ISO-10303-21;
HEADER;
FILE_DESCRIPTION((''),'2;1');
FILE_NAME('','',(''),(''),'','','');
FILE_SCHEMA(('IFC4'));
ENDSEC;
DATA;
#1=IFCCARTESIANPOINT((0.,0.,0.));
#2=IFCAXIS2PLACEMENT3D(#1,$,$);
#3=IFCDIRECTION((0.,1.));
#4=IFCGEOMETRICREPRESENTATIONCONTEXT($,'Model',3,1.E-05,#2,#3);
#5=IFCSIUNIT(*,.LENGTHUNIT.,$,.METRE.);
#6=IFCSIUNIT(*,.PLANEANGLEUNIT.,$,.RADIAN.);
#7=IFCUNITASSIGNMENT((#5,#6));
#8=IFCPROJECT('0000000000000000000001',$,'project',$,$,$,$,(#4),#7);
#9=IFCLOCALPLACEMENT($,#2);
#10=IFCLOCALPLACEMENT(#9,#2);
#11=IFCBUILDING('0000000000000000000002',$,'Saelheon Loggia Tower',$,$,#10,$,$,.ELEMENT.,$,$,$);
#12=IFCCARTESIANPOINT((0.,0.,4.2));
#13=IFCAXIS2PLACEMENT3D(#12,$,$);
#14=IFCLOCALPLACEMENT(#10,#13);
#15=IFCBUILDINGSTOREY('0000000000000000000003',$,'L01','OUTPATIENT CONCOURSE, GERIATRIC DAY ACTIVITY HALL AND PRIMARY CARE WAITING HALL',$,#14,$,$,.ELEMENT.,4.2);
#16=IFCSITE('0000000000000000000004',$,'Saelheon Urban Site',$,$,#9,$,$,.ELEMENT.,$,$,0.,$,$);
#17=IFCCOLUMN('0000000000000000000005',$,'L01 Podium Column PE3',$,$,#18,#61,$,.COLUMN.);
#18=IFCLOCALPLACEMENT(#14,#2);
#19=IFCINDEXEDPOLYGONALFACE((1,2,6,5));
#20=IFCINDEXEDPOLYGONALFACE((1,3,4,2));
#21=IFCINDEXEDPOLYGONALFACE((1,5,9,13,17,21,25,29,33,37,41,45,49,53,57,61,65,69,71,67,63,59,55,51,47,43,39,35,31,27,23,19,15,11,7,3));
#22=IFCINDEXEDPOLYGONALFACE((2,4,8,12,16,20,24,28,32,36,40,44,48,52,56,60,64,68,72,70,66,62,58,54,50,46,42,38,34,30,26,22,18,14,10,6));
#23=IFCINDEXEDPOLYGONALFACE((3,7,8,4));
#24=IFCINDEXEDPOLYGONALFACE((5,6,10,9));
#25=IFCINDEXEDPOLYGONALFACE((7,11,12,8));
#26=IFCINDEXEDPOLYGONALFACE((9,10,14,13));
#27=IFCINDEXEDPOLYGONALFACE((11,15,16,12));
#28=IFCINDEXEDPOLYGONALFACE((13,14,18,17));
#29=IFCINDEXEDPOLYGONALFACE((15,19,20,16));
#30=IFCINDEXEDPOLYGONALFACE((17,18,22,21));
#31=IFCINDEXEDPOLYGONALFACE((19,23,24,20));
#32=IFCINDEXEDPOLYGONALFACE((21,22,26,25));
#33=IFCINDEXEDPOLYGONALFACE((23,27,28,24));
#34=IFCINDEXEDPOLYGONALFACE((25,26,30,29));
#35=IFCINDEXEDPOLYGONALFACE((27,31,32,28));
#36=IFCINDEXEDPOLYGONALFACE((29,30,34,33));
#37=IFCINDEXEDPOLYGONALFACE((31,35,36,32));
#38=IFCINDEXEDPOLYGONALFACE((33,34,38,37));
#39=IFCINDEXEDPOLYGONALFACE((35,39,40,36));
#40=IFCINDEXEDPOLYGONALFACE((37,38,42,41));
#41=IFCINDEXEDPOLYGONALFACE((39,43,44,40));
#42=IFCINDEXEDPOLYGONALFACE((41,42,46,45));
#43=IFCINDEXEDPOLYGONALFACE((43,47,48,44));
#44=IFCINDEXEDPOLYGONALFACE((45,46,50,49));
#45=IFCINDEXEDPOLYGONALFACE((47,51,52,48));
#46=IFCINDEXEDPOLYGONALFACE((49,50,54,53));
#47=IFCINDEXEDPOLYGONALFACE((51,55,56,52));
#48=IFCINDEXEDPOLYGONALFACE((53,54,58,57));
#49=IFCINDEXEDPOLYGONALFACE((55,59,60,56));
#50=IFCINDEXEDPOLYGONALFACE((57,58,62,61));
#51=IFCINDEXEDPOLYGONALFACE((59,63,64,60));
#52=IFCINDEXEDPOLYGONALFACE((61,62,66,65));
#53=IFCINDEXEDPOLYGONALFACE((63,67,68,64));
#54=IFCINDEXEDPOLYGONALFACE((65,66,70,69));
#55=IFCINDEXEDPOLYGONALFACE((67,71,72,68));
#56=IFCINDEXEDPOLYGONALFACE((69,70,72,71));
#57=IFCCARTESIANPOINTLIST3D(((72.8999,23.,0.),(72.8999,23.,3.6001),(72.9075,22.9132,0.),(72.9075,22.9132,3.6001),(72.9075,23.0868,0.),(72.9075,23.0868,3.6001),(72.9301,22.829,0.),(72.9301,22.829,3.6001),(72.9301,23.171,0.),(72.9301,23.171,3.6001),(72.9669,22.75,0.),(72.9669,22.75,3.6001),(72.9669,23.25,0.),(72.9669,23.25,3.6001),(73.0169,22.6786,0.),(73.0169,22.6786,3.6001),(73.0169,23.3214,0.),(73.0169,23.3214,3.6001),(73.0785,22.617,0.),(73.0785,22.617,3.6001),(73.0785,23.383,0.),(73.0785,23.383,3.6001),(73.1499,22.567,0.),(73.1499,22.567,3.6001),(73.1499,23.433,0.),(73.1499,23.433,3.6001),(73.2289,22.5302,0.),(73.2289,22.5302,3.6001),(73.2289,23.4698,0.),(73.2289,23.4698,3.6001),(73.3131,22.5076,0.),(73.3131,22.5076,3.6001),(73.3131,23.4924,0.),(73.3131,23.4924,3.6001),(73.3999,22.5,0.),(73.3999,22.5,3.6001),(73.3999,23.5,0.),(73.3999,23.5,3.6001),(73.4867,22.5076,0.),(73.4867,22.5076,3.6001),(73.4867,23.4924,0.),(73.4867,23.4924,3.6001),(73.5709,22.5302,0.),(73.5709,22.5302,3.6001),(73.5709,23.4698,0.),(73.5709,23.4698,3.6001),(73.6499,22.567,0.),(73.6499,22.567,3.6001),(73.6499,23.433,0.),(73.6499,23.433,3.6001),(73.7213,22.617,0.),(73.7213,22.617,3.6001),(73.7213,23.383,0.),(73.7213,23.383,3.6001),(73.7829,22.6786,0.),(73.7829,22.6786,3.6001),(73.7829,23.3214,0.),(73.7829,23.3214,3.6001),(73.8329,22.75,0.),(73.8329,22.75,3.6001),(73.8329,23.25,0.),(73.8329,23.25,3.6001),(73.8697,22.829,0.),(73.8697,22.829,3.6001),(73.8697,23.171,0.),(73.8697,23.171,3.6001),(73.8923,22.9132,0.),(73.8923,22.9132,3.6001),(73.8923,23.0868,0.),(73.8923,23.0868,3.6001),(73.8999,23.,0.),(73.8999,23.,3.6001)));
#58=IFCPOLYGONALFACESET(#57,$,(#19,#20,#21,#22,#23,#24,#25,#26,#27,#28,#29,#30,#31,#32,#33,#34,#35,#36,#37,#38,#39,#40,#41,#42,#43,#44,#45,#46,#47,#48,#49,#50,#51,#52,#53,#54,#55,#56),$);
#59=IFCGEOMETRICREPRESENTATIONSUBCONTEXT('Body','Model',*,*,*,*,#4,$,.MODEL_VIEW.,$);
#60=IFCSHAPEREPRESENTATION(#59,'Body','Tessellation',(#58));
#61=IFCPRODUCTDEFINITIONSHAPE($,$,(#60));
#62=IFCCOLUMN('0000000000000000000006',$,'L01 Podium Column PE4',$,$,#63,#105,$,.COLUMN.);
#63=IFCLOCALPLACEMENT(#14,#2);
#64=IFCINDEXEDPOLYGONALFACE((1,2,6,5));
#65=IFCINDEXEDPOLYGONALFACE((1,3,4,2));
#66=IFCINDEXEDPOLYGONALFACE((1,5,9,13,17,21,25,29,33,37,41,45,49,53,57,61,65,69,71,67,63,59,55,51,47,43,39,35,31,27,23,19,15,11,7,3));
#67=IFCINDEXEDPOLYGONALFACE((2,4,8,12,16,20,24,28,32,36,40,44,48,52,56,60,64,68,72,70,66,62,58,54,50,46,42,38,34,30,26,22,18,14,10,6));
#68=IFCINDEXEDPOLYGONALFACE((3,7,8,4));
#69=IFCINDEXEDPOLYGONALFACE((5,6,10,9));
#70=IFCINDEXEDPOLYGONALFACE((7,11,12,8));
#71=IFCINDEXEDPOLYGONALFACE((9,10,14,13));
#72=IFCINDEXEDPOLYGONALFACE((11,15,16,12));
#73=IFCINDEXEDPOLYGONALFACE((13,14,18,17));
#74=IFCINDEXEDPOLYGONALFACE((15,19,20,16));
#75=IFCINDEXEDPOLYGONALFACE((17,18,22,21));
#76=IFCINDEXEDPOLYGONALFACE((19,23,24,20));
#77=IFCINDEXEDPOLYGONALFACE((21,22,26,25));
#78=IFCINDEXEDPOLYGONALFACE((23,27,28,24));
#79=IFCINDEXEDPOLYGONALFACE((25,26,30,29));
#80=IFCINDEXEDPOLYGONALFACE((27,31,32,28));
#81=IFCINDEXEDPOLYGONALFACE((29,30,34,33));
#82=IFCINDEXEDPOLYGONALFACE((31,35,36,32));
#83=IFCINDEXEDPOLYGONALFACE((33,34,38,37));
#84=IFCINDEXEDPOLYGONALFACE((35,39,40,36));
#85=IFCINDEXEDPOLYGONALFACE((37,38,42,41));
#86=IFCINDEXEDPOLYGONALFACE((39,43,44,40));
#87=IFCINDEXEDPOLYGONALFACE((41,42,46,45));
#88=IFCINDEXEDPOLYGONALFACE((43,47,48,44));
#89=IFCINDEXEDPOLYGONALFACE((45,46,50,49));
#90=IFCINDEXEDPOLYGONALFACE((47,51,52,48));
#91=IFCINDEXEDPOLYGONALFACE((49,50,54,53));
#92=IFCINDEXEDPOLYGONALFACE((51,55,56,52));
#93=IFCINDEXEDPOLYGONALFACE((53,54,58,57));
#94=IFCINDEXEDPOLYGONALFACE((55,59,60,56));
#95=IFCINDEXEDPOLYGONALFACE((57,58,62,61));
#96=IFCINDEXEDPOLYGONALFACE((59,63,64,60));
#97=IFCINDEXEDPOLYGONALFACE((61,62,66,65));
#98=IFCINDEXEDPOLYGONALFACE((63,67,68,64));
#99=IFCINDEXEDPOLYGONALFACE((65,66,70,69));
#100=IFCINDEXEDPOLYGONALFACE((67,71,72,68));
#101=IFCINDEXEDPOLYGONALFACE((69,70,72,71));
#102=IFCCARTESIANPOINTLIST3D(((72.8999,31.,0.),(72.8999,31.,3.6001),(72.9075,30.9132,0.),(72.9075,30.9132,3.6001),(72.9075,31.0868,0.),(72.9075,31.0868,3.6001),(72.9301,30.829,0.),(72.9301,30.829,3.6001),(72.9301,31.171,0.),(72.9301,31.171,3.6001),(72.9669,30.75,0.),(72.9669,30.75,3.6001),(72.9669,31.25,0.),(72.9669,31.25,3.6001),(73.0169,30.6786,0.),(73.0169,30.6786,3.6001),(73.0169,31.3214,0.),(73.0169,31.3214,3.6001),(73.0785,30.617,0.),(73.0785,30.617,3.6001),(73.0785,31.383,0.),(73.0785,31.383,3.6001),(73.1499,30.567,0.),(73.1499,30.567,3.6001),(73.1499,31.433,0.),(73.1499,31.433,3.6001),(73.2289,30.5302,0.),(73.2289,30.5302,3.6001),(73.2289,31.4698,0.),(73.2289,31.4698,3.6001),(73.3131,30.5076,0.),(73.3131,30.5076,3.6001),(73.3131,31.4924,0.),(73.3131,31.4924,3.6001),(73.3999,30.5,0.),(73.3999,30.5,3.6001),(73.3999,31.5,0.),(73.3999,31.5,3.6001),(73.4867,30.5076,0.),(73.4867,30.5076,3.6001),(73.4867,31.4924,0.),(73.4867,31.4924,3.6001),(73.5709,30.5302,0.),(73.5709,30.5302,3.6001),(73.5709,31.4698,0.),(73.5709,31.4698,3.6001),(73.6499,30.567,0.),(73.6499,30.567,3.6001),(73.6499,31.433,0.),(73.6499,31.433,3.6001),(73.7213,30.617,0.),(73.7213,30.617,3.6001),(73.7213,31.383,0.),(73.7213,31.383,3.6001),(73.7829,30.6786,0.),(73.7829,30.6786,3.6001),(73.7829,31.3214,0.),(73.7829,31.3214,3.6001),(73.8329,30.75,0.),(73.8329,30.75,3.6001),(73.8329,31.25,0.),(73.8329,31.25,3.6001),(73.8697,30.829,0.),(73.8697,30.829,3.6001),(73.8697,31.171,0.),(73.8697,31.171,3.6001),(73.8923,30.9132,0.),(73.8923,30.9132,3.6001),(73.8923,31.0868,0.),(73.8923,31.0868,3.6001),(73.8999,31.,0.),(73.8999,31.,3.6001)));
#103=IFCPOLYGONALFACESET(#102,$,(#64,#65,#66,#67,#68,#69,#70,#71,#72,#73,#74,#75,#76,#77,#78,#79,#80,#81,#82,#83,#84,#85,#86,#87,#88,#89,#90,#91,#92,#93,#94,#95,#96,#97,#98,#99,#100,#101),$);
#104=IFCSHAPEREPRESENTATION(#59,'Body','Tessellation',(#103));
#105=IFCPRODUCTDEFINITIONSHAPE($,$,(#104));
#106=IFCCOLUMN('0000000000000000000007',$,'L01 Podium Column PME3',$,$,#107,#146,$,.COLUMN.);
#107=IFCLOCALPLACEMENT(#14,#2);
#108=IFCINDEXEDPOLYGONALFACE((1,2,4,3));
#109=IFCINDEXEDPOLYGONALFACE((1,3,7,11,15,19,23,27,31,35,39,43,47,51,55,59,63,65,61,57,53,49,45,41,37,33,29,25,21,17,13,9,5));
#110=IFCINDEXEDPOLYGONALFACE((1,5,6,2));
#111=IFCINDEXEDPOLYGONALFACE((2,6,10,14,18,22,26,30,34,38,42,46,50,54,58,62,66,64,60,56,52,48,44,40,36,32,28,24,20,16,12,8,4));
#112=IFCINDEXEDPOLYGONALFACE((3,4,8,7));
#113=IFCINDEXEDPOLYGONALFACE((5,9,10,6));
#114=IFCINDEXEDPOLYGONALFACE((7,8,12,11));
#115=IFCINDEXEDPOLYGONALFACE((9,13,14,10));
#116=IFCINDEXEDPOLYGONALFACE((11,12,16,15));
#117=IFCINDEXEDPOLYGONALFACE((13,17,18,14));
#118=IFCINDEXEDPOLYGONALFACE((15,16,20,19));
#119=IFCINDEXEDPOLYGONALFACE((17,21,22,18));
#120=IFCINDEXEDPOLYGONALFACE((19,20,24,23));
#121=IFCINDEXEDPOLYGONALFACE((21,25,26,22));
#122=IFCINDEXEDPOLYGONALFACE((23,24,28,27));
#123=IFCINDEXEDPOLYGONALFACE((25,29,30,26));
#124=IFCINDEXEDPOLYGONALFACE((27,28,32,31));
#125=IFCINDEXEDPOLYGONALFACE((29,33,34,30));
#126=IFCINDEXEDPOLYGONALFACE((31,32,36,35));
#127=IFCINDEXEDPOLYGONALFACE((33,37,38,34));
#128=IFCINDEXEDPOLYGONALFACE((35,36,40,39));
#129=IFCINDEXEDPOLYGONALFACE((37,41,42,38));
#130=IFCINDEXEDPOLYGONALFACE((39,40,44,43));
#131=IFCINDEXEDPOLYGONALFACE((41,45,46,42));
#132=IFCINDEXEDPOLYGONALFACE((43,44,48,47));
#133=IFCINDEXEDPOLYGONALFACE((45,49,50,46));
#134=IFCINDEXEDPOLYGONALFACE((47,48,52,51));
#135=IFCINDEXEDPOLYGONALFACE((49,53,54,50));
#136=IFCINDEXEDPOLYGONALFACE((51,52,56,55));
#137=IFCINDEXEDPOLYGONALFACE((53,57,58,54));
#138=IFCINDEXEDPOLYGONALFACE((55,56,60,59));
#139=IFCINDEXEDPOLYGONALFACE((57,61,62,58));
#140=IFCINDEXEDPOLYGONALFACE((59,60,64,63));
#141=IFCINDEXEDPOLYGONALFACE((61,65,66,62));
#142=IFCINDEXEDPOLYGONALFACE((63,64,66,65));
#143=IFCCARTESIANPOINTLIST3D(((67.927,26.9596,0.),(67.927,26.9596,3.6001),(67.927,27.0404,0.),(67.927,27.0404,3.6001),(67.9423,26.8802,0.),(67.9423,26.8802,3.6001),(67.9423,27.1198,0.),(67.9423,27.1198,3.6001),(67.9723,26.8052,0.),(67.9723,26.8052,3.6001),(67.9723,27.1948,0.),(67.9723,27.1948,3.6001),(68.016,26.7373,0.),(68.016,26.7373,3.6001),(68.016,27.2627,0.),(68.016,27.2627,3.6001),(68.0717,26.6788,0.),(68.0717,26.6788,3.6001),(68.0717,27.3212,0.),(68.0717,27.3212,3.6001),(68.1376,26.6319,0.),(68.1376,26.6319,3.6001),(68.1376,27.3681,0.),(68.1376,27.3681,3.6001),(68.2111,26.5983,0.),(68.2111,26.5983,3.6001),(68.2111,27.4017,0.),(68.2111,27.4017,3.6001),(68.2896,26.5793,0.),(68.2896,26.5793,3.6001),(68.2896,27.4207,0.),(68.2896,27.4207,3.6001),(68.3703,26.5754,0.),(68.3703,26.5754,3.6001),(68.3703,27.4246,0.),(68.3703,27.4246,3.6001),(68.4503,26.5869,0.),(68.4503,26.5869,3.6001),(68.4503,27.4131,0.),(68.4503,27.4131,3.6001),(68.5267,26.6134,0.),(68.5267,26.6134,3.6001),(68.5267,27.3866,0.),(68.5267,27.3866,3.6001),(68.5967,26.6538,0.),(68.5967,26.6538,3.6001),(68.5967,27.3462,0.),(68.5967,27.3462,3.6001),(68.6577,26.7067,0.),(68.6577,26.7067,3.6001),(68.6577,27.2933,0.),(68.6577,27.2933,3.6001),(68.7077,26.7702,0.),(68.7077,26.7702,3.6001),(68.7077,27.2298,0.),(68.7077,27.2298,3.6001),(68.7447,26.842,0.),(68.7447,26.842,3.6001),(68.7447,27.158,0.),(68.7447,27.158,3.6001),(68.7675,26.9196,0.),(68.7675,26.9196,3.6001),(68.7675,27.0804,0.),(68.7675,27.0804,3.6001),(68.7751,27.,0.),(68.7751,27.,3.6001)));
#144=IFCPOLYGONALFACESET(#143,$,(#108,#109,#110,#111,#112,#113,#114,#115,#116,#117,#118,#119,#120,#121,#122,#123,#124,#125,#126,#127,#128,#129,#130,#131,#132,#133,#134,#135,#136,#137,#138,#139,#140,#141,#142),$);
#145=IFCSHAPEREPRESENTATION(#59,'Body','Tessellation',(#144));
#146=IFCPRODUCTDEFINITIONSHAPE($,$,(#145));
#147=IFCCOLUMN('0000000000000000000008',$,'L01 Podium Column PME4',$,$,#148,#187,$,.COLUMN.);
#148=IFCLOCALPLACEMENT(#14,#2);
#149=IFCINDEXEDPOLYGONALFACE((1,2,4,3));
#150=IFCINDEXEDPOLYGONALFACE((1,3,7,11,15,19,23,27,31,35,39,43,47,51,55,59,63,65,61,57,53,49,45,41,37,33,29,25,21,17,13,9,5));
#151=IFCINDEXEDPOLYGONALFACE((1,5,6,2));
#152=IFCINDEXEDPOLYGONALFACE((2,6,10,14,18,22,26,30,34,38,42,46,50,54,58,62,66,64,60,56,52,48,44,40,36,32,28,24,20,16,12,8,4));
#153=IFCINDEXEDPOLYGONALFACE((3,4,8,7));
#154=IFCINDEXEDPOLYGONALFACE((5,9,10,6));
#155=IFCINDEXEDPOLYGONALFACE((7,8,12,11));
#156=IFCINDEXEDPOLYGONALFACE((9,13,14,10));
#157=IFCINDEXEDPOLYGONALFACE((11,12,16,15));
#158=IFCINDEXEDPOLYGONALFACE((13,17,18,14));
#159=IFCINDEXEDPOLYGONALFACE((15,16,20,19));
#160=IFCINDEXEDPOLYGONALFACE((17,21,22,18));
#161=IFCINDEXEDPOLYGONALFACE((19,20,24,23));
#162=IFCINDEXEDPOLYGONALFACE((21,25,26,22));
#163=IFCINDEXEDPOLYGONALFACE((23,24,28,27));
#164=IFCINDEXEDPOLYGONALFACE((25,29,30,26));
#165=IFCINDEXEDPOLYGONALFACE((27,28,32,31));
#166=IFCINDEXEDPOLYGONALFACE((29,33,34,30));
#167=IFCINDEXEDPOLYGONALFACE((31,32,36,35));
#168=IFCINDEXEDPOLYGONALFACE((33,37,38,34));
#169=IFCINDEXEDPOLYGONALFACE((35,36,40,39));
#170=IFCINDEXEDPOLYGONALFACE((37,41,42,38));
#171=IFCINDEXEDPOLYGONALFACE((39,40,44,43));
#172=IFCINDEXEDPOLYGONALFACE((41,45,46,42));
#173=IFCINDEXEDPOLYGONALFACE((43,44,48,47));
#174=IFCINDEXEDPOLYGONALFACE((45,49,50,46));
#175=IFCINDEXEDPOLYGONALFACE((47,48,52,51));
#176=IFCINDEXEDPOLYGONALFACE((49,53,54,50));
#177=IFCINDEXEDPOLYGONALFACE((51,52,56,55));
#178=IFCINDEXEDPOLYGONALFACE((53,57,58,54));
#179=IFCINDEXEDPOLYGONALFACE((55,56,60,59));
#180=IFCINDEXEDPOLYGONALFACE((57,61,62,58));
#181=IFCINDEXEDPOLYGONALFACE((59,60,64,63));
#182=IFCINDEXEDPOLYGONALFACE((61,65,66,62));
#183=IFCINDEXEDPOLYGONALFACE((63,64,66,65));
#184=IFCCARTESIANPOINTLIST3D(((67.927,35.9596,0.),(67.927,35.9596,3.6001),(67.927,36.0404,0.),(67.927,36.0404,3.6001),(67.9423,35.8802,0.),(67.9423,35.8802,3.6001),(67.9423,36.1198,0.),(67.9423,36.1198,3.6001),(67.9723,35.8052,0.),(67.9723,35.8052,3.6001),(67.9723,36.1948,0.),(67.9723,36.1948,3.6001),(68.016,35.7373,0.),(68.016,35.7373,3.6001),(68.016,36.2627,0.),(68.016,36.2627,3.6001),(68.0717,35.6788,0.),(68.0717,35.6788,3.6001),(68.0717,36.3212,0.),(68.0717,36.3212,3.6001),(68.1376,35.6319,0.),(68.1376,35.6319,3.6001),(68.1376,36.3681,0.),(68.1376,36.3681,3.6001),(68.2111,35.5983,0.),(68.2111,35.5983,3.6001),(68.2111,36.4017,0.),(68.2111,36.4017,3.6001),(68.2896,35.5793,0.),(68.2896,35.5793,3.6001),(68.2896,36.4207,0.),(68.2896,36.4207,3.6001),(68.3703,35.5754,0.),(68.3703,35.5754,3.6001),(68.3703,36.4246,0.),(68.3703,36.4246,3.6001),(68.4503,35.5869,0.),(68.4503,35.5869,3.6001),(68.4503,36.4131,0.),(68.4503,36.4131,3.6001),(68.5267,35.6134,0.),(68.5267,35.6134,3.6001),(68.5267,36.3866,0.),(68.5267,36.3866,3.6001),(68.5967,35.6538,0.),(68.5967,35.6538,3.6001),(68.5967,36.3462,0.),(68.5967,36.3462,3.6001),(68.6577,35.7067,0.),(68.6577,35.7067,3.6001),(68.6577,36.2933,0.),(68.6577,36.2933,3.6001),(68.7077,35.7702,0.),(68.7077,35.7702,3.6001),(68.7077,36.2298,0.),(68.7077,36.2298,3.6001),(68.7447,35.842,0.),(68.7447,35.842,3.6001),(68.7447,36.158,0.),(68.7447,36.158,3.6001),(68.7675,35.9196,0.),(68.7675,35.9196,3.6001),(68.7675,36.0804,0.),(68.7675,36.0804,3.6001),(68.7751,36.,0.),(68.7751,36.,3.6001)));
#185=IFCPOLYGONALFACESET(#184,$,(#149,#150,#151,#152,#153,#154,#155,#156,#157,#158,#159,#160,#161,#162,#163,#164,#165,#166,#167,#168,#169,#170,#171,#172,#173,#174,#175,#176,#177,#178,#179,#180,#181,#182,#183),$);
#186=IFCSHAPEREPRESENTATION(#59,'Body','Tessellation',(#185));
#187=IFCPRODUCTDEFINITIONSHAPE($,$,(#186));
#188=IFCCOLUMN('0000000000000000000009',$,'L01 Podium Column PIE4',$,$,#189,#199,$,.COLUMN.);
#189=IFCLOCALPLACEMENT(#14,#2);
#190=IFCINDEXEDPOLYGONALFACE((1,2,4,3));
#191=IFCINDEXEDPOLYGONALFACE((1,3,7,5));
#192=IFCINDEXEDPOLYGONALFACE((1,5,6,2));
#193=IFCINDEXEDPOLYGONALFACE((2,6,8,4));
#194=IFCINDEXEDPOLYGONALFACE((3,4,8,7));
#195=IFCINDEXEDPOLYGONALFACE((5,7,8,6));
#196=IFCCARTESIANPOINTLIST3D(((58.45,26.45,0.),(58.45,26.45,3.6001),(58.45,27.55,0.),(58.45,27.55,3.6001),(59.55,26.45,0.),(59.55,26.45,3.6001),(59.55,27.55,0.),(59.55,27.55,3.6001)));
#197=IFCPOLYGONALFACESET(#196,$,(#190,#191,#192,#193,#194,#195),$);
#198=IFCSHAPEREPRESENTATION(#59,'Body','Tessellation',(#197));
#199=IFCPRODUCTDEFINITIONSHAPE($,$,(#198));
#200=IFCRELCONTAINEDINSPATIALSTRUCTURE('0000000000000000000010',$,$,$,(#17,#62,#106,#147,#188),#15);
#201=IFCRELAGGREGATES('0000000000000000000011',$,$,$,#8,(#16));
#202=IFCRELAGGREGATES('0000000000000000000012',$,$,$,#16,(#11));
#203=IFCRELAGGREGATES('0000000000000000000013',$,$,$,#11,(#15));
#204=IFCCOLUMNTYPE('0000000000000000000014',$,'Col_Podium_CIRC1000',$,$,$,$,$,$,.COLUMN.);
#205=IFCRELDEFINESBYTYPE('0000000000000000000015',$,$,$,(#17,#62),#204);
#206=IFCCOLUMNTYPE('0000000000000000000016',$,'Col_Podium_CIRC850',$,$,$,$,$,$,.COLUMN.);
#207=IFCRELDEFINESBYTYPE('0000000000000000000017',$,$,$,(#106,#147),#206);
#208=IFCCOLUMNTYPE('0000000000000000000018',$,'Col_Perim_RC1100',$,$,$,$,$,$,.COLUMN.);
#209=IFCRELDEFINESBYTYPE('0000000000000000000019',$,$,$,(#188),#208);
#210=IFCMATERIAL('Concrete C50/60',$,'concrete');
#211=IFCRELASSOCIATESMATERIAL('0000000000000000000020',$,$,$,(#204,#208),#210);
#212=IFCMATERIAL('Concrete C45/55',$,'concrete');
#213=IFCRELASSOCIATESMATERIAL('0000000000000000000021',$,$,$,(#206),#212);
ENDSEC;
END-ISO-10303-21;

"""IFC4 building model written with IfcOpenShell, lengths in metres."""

from ifc_helpers import new_model, si_unit, direction, frame, origin, origin_2d, place, context, subcontext, project, spatial, rectangle, circle, extrude, source, transform, mapped, material, material_profile, profile_set, type_object, element, save


model = new_model("IFC4")

# Units and contexts
model_context = context("Model", 3, precision=1e-05, world=origin(), true_north=direction((0.0, 1.0)))
body_context = subcontext(model_context, "Body", "Model", "MODEL_VIEW")
ifc_project = project(units=[si_unit("LENGTHUNIT", "METRE"), si_unit("PLANEANGLEUNIT", "RADIAN")], contexts=[model_context])

# Site, building, storey
site_placement = place(None, origin())
site = spatial("IfcSite", under=ifc_project, at=site_placement, Name="Saelheon Urban Site", CompositionType="ELEMENT", RefElevation=0.0)
building_placement = place(site_placement, origin())
building = spatial("IfcBuilding", under=site, at=building_placement, Name="Saelheon Loggia Tower", CompositionType="ELEMENT")
storey_placement = place(building_placement, frame((0.0, 0.0, 4.2)))
storey = spatial("IfcBuildingStorey", under=building, at=storey_placement, Name="L01", Description="OUTPATIENT CONCOURSE, GERIATRIC DAY ACTIVITY HALL AND PRIMARY CARE WAITING HALL", CompositionType="ELEMENT", Elevation=4.2)

# Columns
ifc_material_1 = material(Name="Concrete C50/60", Category="concrete")
ifc_material_profile_1 = material_profile(ifc_material_1, circle(Radius=0.5, at=origin_2d()), Name="CIRC-1000")
ifc_profile_set_1 = profile_set([ifc_material_profile_1], Name="Concrete C50/60")
column_type_1 = type_object("IfcColumnType", Name="Col_Podium_CIRC1000", PredefinedType="COLUMN", material=ifc_profile_set_1)
shared_shape_1 = source(origin(), body_context, "Body", "SweptSolid", [
    extrude(circle(Radius=0.5, at=origin_2d()), origin(), (0.0, 0.0, 1.0), 3.6001),
])
for number, where, z_axis, x_axis, name in (
    (1, (73.3999, 23.0, 0.0), (0.0, 0.0, 1.0), (1.0, 0.0, 0.0), "L01 Podium Column PE3"),
    (2, (73.3999, 31.0, 0.0), (0.0, 0.0, 1.0), (1.0, 0.0, 0.0), "L01 Podium Column PE4"),
):
    element("IfcColumn", number, at=place(storey_placement, frame(where, z_axis=z_axis, x_axis=x_axis)), inside=storey, type_object=column_type_1, Name=name, PredefinedType="COLUMN", context=body_context, shape_type="MappedRepresentation", body=[
        mapped(shared_shape_1, transform((0.0, 0.0, 0.0), scale=1.0)),
    ])
ifc_material_2 = material(Name="Concrete C45/55", Category="concrete")
ifc_material_profile_2 = material_profile(ifc_material_2, circle(Radius=0.425, at=origin_2d()), Name="CIRC-850")
ifc_profile_set_2 = profile_set([ifc_material_profile_2], Name="Concrete C45/55")
column_type_2 = type_object("IfcColumnType", Name="Col_Podium_CIRC850", PredefinedType="COLUMN", material=ifc_profile_set_2)
shared_shape_2 = source(origin(), body_context, "Body", "SweptSolid", [
    extrude(circle(Radius=0.425, at=origin_2d()), origin(), (0.0, 0.0, 1.0), 3.6001),
])
for number, where, z_axis, x_axis, name in (
    (3, (68.3501, 27.0, 0.0), (0.0, 0.0, 1.0), (1.0, 0.0, 0.0), "L01 Podium Column PME3"),
    (4, (68.3501, 36.0, 0.0), (0.0, 0.0, 1.0), (1.0, 0.0, 0.0), "L01 Podium Column PME4"),
):
    element("IfcColumn", number, at=place(storey_placement, frame(where, z_axis=z_axis, x_axis=x_axis)), inside=storey, type_object=column_type_2, Name=name, PredefinedType="COLUMN", context=body_context, shape_type="MappedRepresentation", body=[
        mapped(shared_shape_2, transform((0.0, 0.0, 0.0), scale=1.0)),
    ])
ifc_material_profile_3 = material_profile(ifc_material_1, rectangle(XDim=1.1001, YDim=1.1001, at=origin_2d()), Name="RC-1100x1100")
ifc_profile_set_3 = profile_set([ifc_material_profile_3], Name="Concrete C50/60")
column_type_3 = type_object("IfcColumnType", Name="Col_Perim_RC1100", PredefinedType="COLUMN", material=ifc_profile_set_3)
shared_shape_3 = source(origin(), body_context, "Body", "SweptSolid", [
    extrude(rectangle(XDim=1.1001, YDim=1.1001, at=origin_2d()), origin(), (0.0, 0.0, 1.0), 3.6001),
])
for number, where, z_axis, x_axis, name in (
    (5, (59.0, 27.0, 0.0), (0.0, 0.0, 1.0), (1.0, 0.0, 0.0), "L01 Podium Column PIE4"),
):
    element("IfcColumn", number, at=place(storey_placement, frame(where, z_axis=z_axis, x_axis=x_axis)), inside=storey, type_object=column_type_3, Name=name, PredefinedType="COLUMN", context=body_context, shape_type="MappedRepresentation", body=[
        mapped(shared_shape_3, transform((0.0, 0.0, 0.0), scale=1.0)),
    ])

save(model, "model.ifc")
